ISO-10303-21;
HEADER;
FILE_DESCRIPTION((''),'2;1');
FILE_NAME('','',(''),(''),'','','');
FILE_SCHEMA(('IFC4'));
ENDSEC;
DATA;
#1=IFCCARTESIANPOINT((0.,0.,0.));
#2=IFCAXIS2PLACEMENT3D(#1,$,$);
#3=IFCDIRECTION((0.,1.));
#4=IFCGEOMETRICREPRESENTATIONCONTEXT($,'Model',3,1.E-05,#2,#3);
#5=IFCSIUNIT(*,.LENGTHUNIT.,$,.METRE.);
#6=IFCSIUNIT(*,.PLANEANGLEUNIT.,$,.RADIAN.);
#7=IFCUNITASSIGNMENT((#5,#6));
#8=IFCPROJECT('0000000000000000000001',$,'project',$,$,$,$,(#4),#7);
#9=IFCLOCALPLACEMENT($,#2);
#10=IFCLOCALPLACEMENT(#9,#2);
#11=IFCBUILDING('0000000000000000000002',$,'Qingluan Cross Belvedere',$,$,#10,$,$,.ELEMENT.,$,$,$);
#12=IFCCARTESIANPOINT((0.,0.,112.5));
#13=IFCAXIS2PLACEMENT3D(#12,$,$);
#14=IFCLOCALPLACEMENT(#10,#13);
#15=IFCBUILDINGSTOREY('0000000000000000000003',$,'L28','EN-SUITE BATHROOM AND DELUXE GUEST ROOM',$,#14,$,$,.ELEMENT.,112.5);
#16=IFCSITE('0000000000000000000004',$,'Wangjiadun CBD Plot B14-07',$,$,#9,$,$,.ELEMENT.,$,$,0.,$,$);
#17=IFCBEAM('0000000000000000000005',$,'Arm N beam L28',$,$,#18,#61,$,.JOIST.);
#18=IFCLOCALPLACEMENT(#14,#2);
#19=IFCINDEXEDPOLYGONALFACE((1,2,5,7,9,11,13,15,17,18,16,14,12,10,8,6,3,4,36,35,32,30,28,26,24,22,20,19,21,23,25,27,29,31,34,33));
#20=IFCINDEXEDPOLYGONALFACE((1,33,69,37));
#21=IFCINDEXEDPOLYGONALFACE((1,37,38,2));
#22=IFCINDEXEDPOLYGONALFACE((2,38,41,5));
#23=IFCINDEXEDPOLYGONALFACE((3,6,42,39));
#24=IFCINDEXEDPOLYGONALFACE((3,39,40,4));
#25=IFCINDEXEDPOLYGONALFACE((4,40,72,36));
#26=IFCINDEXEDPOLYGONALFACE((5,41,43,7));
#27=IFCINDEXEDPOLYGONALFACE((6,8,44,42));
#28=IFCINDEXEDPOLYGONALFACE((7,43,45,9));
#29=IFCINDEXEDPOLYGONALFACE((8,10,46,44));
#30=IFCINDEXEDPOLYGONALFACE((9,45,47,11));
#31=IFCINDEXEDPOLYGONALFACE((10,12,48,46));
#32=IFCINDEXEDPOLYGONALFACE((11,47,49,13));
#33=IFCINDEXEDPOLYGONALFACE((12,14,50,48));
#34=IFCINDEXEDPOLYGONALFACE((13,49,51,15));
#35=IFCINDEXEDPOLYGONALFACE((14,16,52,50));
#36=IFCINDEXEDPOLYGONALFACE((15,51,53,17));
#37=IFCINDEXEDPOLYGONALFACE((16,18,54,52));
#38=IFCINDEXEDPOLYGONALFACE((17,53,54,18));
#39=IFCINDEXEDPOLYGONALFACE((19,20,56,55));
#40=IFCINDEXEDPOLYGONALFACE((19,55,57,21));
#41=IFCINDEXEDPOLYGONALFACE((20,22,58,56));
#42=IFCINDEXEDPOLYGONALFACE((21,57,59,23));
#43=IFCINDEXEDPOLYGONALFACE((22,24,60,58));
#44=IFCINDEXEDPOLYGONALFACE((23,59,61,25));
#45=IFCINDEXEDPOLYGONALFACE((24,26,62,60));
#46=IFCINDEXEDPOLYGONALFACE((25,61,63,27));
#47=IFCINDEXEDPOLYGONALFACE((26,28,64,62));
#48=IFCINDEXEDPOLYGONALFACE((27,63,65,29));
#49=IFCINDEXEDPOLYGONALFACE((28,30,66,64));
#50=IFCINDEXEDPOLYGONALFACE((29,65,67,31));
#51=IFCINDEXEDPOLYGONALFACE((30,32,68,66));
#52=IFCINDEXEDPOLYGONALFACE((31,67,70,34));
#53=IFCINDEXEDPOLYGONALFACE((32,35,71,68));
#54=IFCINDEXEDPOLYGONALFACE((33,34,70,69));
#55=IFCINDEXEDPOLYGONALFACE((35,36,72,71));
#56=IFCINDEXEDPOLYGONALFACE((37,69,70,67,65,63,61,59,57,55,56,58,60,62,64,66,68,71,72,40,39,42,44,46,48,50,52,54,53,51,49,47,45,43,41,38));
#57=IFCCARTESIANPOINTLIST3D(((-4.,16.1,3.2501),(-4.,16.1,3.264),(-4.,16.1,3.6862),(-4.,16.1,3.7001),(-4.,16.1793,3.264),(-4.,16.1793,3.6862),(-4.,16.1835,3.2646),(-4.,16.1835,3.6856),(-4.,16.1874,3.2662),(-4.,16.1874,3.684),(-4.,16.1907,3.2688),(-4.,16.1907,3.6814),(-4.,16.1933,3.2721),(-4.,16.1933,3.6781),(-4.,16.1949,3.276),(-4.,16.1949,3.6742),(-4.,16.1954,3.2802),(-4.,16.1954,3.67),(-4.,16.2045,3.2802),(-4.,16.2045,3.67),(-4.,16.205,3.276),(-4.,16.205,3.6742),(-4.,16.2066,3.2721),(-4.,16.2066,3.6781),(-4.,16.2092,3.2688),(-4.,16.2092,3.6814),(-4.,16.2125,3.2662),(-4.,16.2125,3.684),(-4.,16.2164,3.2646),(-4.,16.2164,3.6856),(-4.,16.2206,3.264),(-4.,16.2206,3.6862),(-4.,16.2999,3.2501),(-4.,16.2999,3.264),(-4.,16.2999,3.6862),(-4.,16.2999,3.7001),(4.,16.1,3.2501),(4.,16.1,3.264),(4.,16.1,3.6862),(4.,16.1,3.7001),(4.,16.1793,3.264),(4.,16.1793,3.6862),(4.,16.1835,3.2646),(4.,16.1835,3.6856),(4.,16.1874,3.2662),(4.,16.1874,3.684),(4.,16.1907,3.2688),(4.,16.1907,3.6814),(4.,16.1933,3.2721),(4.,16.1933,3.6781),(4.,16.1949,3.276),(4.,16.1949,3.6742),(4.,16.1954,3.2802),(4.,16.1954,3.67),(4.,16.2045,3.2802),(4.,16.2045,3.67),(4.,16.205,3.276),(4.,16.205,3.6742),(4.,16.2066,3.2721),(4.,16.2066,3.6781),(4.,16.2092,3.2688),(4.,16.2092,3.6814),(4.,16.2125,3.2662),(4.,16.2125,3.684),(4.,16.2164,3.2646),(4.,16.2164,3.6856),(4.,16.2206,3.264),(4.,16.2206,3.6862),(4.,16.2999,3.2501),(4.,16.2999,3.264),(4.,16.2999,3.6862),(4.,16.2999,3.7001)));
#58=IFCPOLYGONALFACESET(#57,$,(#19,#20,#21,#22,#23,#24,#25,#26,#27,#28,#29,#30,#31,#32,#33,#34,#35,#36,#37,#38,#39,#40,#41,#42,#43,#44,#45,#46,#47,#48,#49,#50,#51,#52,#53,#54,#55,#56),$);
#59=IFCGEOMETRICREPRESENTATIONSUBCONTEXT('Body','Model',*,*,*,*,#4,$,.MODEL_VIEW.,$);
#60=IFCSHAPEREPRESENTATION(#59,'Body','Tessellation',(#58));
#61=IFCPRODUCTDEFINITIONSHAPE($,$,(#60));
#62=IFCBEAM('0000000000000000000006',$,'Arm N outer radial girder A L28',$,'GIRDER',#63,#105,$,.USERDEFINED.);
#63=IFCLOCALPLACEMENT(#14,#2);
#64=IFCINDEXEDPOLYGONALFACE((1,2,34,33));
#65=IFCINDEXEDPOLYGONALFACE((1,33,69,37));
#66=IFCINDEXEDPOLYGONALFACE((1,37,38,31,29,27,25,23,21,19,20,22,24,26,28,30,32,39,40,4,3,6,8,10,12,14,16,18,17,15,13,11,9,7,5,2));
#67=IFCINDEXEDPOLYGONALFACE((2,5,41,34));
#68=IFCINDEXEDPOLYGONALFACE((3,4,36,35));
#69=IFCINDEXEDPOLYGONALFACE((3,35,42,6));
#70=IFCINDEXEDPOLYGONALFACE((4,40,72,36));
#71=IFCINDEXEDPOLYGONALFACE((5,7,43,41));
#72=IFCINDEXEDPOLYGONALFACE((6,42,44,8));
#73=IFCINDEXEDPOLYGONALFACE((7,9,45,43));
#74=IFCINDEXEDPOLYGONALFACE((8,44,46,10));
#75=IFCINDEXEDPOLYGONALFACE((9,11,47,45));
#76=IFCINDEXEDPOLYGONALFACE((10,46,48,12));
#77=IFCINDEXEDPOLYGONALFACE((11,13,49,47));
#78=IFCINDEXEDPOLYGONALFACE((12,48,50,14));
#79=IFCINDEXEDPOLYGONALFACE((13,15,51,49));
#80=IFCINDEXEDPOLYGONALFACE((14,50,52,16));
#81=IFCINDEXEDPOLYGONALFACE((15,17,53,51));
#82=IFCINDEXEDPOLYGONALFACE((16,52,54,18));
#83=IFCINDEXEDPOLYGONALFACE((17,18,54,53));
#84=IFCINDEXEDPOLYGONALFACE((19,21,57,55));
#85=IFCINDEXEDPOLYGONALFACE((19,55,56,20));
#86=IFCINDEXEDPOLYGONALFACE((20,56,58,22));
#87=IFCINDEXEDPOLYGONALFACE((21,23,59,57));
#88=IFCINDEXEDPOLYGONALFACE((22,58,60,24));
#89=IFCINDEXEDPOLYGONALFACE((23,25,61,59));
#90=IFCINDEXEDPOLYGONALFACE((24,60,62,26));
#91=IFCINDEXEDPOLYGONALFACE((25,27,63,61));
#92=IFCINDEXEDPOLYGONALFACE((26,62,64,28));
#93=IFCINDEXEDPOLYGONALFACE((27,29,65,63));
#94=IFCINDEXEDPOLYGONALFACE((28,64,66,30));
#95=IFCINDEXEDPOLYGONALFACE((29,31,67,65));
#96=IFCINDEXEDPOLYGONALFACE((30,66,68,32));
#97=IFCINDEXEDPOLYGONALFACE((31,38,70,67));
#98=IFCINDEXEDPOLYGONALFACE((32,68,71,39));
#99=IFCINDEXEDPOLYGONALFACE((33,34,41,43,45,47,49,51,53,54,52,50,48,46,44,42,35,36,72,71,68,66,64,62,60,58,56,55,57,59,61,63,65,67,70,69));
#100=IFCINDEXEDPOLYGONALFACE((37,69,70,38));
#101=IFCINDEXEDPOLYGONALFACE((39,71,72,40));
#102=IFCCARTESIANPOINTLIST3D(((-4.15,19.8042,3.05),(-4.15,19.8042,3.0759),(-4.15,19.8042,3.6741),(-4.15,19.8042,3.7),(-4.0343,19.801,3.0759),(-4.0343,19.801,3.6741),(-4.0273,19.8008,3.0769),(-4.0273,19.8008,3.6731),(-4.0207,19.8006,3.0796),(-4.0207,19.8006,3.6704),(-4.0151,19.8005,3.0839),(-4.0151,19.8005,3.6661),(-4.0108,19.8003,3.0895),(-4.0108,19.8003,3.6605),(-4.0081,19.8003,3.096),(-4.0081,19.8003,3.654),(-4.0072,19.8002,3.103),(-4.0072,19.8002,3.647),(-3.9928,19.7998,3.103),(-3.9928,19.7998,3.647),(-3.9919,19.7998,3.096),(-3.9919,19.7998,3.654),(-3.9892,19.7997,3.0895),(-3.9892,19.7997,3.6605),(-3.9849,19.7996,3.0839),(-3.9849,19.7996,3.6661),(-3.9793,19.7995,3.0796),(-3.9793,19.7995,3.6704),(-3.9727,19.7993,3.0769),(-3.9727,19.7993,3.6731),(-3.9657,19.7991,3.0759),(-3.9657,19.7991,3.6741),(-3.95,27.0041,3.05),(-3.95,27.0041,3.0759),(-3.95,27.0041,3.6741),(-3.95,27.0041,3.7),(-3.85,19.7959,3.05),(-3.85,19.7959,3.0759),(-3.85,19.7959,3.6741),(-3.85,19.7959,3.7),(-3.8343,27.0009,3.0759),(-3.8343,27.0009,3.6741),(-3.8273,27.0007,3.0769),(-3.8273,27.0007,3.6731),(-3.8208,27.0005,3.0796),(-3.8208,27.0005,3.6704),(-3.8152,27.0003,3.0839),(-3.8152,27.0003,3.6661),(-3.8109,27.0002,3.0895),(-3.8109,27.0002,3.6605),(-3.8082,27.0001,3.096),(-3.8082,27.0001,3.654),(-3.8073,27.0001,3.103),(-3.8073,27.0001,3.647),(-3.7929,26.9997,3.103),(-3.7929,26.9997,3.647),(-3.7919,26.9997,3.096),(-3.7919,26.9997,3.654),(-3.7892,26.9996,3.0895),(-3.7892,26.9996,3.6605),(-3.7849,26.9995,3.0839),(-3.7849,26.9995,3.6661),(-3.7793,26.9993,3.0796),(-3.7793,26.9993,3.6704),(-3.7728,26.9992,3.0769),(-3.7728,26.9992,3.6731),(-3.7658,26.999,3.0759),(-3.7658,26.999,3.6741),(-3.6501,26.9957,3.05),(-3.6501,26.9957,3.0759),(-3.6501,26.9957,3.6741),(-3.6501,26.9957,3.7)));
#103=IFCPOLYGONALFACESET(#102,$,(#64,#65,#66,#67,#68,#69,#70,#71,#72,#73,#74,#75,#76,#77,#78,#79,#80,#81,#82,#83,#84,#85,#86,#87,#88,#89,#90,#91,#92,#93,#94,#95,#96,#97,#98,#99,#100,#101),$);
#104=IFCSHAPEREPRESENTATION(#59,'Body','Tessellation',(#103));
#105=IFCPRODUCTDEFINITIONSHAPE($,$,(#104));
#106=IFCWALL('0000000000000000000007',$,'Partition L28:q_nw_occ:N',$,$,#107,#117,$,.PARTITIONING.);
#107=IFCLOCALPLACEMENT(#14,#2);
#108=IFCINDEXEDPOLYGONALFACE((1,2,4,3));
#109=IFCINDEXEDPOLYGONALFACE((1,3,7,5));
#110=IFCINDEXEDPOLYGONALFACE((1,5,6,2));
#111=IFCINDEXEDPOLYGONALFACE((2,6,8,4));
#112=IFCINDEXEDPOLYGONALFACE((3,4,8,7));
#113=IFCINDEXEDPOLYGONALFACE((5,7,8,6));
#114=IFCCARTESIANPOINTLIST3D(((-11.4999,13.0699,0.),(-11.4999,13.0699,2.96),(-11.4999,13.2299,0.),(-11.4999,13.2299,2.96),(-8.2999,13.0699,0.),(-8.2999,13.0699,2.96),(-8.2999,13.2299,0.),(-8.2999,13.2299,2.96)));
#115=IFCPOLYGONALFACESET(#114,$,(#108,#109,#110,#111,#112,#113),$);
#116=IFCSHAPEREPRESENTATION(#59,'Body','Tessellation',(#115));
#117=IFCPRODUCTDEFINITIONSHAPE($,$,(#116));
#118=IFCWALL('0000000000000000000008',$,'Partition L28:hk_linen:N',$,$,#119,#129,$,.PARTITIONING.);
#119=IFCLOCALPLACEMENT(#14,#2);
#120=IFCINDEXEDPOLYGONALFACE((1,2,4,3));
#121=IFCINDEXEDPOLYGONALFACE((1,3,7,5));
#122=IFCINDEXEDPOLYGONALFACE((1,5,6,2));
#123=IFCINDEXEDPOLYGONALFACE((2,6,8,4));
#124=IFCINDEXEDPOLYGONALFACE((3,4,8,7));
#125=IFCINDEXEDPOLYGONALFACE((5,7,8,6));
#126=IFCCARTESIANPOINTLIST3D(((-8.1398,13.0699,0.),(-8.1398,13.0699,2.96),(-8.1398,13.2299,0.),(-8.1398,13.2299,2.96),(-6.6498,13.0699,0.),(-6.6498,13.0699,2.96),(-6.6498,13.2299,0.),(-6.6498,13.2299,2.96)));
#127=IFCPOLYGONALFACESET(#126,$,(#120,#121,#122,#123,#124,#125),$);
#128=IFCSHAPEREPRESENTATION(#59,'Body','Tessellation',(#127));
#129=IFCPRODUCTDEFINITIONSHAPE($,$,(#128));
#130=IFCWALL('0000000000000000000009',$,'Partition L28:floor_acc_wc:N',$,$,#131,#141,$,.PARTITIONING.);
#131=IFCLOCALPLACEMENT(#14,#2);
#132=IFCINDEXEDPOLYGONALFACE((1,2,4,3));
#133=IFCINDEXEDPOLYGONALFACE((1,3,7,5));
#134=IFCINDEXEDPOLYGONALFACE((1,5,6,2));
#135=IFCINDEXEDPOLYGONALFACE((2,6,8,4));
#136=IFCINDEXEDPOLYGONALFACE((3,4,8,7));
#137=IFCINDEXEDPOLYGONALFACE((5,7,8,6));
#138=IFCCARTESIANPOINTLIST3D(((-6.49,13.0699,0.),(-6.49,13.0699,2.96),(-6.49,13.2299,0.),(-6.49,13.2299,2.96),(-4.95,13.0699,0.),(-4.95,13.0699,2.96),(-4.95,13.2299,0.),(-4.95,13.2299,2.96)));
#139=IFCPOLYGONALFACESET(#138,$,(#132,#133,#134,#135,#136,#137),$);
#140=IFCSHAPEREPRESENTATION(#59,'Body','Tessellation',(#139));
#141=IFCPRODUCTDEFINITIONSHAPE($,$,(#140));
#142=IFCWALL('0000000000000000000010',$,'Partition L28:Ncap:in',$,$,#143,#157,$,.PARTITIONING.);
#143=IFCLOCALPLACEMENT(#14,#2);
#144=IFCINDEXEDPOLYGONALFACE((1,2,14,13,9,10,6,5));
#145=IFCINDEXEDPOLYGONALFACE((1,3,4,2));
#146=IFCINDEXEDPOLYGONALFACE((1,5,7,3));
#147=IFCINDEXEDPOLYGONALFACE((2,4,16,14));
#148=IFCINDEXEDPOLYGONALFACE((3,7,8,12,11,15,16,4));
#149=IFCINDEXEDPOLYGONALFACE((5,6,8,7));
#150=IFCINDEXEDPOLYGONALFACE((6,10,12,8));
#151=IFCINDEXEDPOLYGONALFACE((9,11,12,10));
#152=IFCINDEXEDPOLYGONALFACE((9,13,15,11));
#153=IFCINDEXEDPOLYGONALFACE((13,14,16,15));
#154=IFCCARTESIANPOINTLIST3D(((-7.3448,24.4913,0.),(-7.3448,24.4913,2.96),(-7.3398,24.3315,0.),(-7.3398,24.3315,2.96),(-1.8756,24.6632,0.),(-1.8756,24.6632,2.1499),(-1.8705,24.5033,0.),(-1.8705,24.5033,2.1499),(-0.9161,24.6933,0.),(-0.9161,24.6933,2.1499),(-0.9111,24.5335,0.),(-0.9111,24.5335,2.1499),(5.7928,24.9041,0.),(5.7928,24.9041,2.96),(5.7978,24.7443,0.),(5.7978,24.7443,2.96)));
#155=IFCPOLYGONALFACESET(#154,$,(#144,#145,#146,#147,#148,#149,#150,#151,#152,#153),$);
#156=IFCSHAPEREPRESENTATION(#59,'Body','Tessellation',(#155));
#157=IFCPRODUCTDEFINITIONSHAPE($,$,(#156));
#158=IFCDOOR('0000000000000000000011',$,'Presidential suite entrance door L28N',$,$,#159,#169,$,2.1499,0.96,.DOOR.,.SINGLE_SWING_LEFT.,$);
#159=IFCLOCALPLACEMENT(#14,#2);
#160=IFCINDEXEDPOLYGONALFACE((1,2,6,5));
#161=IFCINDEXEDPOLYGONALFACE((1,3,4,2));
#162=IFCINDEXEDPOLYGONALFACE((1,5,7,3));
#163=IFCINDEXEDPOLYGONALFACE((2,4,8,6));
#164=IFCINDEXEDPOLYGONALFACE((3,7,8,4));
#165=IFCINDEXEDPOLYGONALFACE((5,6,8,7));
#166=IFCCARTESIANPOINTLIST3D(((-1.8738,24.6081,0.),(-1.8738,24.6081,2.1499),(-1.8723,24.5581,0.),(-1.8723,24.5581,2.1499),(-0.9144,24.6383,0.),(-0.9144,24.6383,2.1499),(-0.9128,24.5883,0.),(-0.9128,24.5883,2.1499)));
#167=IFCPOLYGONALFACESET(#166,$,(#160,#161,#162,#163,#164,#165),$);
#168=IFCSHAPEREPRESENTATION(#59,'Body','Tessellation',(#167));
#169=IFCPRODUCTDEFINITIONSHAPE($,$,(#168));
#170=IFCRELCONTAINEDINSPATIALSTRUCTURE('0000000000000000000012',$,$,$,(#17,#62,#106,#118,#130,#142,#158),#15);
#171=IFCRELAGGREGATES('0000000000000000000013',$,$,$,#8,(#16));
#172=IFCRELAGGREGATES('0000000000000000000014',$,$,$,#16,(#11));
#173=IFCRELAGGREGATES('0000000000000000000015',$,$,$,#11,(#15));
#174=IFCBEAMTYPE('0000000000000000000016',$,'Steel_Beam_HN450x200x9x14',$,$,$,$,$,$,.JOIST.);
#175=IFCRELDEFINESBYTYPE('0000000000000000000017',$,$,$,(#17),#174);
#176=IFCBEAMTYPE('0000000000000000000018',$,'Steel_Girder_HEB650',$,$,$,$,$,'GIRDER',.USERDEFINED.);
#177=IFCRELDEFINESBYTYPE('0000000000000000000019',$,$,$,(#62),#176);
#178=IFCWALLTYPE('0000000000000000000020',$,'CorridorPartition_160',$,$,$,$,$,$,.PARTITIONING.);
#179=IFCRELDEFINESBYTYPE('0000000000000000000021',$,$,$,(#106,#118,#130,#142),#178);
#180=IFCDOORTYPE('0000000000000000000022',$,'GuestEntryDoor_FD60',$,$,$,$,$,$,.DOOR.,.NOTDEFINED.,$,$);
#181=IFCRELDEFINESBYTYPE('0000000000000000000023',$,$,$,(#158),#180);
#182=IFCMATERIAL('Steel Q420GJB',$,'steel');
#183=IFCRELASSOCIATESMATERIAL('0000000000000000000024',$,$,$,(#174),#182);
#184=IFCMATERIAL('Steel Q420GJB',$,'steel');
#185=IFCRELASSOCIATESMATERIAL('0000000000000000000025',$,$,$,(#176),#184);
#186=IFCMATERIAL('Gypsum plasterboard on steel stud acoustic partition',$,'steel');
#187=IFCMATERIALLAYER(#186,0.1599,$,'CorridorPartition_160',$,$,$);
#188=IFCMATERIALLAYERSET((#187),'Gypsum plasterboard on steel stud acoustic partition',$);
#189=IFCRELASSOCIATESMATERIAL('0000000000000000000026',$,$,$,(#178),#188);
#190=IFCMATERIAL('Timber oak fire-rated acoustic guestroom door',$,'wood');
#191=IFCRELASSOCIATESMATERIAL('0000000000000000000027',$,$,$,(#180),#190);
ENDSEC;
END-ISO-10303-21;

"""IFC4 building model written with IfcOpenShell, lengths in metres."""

from ifc_helpers import new_model, si_unit, direction, frame, frame_2d, origin, origin_2d, place, context, subcontext, project, spatial, rectangle, i_section, extrude, material, layer, layer_set, material_profile, profile_set, type_object, element, fill, save


model = new_model("IFC4")

# Units and contexts
model_context = context("Model", 3, precision=1e-05, world=origin(), true_north=direction((0.0, 1.0)))
body_context = subcontext(model_context, "Body", "Model", "MODEL_VIEW")
ifc_project = project(units=[si_unit("LENGTHUNIT", "METRE"), si_unit("PLANEANGLEUNIT", "RADIAN")], contexts=[model_context])

# Site, building, storey
site_placement = place(None, origin())
site = spatial("IfcSite", under=ifc_project, at=site_placement, Name="Wangjiadun CBD Plot B14-07", CompositionType="ELEMENT", RefElevation=0.0)
building_placement = place(site_placement, origin())
building = spatial("IfcBuilding", under=site, at=building_placement, Name="Qingluan Cross Belvedere", CompositionType="ELEMENT")
storey_placement = place(building_placement, frame((0.0, 0.0, 112.5)))
storey = spatial("IfcBuildingStorey", under=building, at=storey_placement, Name="L28", Description="EN-SUITE BATHROOM AND DELUXE GUEST ROOM", CompositionType="ELEMENT", Elevation=112.5)

# Beams
ifc_material_1 = material(Name="Steel Q420GJB", Category="steel")
ifc_material_profile_1 = material_profile(ifc_material_1, i_section(OverallWidth=0.2, OverallDepth=0.45, WebThickness=0.009, FlangeThickness=0.0139, FilletRadius=0.0161, at=origin_2d()), Name="HN450x200x9x14")
ifc_profile_set_1 = profile_set([ifc_material_profile_1], Name="Steel Q420GJB")
beam_type_1 = type_object("IfcBeamType", Name="Steel_Beam_HN450x200x9x14", PredefinedType="JOIST", material=ifc_profile_set_1)
for number, where, z_axis, x_axis, name in (
    (1, (-4.0, 16.2, 3.4751), (1.0, 0.0, 0.0), (0.0, 1.0, 0.0), "Arm N beam L28"),
):
    element("IfcBeam", number, at=place(storey_placement, frame(where, z_axis=z_axis, x_axis=x_axis)), inside=storey, type_object=beam_type_1, Name=name, PredefinedType="JOIST", context=body_context, shape_type="SweptSolid", body=[
        extrude(i_section(OverallWidth=0.2, OverallDepth=0.45, WebThickness=0.009, FlangeThickness=0.0139, FilletRadius=0.0161, at=origin_2d()), origin(), (0.0, 0.0, 1.0), 8.0),
    ])
ifc_material_2 = material(Name="Steel Q420GJB", Category="steel")
ifc_material_profile_2 = material_profile(ifc_material_2, i_section(OverallWidth=0.3, OverallDepth=0.6499, WebThickness=0.0144, FlangeThickness=0.0259, FilletRadius=0.0271, at=origin_2d()), Name="HEB650")
ifc_profile_set_2 = profile_set([ifc_material_profile_2], Name="Steel Q420GJB")
beam_type_2 = type_object("IfcBeamType", Name="Steel_Girder_HEB650", ElementType="GIRDER", PredefinedType="USERDEFINED", material=ifc_profile_set_2)
beam_placement = place(storey_placement, frame((-4.0, 19.8, 3.375), z_axis=(0.02776, 0.999615, 0.0), x_axis=(-0.999615, 0.02776, 0.0)))
element("IfcBeam", 2, at=beam_placement, inside=storey, type_object=beam_type_2, Name="Arm N outer radial girder A L28", ObjectType="GIRDER", PredefinedType="USERDEFINED", context=body_context, shape_type="SweptSolid", body=[
    extrude(i_section(OverallWidth=0.3, OverallDepth=0.6499, WebThickness=0.0144, FlangeThickness=0.0259, FilletRadius=0.0271, at=origin_2d()), origin(), (0.0, 0.0, 1.0), 7.2026),
])

# Walls
ifc_material_3 = material(Name="Gypsum plasterboard on steel stud acoustic partition", Category="steel")
ifc_layer_1 = layer(ifc_material_3, 0.1599, Name="CorridorPartition_160")
ifc_layer_set_1 = layer_set([ifc_layer_1], Name="Gypsum plasterboard on steel stud acoustic partition")
wall_type_1 = type_object("IfcWallType", Name="CorridorPartition_160", PredefinedType="PARTITIONING", material=ifc_layer_set_1)
wall_1_placement = place(storey_placement, frame((-11.5, 13.1499, 0.0), z_axis=(0.0, 0.0, 1.0), x_axis=(1.0, 0.0, 0.0)))
element("IfcWall", 3, at=wall_1_placement, inside=storey, type_object=wall_type_1, Name="Partition L28:q_nw_occ:N", PredefinedType="PARTITIONING", context=body_context, shape_type="SweptSolid", body=[
    extrude(rectangle(XDim=3.2, YDim=0.1599, at=frame_2d((1.6001, 0.0))), origin(), (0.0, 0.0, 1.0), 2.96),
])
wall_2_placement = place(storey_placement, frame((-8.1399, 13.1499, 0.0), z_axis=(0.0, 0.0, 1.0), x_axis=(1.0, 0.0, 0.0)))
element("IfcWall", 4, at=wall_2_placement, inside=storey, type_object=wall_type_1, Name="Partition L28:hk_linen:N", PredefinedType="PARTITIONING", context=body_context, shape_type="SweptSolid", body=[
    extrude(rectangle(XDim=1.49, YDim=0.1599, at=frame_2d((0.7451, 0.0))), origin(), (0.0, 0.0, 1.0), 2.96),
])
wall_3_placement = place(storey_placement, frame((-6.49, 13.1499, 0.0), z_axis=(0.0, 0.0, 1.0), x_axis=(1.0, 0.0, 0.0)))
element("IfcWall", 5, at=wall_3_placement, inside=storey, type_object=wall_type_1, Name="Partition L28:floor_acc_wc:N", PredefinedType="PARTITIONING", context=body_context, shape_type="SweptSolid", body=[
    extrude(rectangle(XDim=1.54, YDim=0.1599, at=frame_2d((0.77, 0.0))), origin(), (0.0, 0.0, 1.0), 2.96),
])

# Wall, opening, door
wall_4_placement = place(storey_placement, frame((-7.3423, 24.4114, 0.0), z_axis=(0.0, 0.0, 1.0), x_axis=(0.999507, 0.031409, 0.0)))
wall_4 = element("IfcWall", 6, at=wall_4_placement, inside=storey, type_object=wall_type_1, Name="Partition L28:Ncap:in", PredefinedType="PARTITIONING", context=body_context, shape_type="SweptSolid", body=[
    extrude(rectangle(XDim=13.144, YDim=0.1599, at=frame_2d((6.572, 0.0))), origin(), (0.0, 0.0, 1.0), 2.96),
])
opening_1_placement = place(wall_4_placement, frame((5.4719, 0.0, 0.0)))
opening_1 = element("IfcOpeningElement", 7, at=opening_1_placement, cuts=wall_4, PredefinedType="OPENING", context=body_context, shape_type="SweptSolid", body=[
    extrude(rectangle(XDim=0.96, YDim=2.1499, at=frame_2d((0.48, 1.075))), frame((0.0, 0.0898, 0.0), z_axis=(0.0, -1.0, 0.0), x_axis=(1.0, 0.0, 0.0)), (0.0, 0.0, 1.0), 0.1799),
])
ifc_material_4 = material(Name="Timber oak fire-rated acoustic guestroom door", Category="wood")
door_type_1 = type_object("IfcDoorType", Name="GuestEntryDoor_FD60", OperationType="NOTDEFINED", PredefinedType="DOOR", material=ifc_material_4)
door_1_placement = place(opening_1_placement, origin())
door_1 = element("IfcDoor", 8, at=door_1_placement, inside=storey, type_object=door_type_1, Name="Presidential suite entrance door L28N", OperationType="SINGLE_SWING_LEFT", OverallHeight=2.1499, OverallWidth=0.96, PredefinedType="DOOR", context=body_context, shape_type="SweptSolid", body=[
    extrude(rectangle(XDim=0.96, YDim=2.1499, at=frame_2d((0.48, 1.075))), frame((0.0, 0.0249, 0.0), z_axis=(0.0, -1.0, 0.0), x_axis=(1.0, 0.0, 0.0)), (0.0, 0.0, 1.0), 0.05),
])
fill(opening_1, door_1)

save(model, "model.ifc")
